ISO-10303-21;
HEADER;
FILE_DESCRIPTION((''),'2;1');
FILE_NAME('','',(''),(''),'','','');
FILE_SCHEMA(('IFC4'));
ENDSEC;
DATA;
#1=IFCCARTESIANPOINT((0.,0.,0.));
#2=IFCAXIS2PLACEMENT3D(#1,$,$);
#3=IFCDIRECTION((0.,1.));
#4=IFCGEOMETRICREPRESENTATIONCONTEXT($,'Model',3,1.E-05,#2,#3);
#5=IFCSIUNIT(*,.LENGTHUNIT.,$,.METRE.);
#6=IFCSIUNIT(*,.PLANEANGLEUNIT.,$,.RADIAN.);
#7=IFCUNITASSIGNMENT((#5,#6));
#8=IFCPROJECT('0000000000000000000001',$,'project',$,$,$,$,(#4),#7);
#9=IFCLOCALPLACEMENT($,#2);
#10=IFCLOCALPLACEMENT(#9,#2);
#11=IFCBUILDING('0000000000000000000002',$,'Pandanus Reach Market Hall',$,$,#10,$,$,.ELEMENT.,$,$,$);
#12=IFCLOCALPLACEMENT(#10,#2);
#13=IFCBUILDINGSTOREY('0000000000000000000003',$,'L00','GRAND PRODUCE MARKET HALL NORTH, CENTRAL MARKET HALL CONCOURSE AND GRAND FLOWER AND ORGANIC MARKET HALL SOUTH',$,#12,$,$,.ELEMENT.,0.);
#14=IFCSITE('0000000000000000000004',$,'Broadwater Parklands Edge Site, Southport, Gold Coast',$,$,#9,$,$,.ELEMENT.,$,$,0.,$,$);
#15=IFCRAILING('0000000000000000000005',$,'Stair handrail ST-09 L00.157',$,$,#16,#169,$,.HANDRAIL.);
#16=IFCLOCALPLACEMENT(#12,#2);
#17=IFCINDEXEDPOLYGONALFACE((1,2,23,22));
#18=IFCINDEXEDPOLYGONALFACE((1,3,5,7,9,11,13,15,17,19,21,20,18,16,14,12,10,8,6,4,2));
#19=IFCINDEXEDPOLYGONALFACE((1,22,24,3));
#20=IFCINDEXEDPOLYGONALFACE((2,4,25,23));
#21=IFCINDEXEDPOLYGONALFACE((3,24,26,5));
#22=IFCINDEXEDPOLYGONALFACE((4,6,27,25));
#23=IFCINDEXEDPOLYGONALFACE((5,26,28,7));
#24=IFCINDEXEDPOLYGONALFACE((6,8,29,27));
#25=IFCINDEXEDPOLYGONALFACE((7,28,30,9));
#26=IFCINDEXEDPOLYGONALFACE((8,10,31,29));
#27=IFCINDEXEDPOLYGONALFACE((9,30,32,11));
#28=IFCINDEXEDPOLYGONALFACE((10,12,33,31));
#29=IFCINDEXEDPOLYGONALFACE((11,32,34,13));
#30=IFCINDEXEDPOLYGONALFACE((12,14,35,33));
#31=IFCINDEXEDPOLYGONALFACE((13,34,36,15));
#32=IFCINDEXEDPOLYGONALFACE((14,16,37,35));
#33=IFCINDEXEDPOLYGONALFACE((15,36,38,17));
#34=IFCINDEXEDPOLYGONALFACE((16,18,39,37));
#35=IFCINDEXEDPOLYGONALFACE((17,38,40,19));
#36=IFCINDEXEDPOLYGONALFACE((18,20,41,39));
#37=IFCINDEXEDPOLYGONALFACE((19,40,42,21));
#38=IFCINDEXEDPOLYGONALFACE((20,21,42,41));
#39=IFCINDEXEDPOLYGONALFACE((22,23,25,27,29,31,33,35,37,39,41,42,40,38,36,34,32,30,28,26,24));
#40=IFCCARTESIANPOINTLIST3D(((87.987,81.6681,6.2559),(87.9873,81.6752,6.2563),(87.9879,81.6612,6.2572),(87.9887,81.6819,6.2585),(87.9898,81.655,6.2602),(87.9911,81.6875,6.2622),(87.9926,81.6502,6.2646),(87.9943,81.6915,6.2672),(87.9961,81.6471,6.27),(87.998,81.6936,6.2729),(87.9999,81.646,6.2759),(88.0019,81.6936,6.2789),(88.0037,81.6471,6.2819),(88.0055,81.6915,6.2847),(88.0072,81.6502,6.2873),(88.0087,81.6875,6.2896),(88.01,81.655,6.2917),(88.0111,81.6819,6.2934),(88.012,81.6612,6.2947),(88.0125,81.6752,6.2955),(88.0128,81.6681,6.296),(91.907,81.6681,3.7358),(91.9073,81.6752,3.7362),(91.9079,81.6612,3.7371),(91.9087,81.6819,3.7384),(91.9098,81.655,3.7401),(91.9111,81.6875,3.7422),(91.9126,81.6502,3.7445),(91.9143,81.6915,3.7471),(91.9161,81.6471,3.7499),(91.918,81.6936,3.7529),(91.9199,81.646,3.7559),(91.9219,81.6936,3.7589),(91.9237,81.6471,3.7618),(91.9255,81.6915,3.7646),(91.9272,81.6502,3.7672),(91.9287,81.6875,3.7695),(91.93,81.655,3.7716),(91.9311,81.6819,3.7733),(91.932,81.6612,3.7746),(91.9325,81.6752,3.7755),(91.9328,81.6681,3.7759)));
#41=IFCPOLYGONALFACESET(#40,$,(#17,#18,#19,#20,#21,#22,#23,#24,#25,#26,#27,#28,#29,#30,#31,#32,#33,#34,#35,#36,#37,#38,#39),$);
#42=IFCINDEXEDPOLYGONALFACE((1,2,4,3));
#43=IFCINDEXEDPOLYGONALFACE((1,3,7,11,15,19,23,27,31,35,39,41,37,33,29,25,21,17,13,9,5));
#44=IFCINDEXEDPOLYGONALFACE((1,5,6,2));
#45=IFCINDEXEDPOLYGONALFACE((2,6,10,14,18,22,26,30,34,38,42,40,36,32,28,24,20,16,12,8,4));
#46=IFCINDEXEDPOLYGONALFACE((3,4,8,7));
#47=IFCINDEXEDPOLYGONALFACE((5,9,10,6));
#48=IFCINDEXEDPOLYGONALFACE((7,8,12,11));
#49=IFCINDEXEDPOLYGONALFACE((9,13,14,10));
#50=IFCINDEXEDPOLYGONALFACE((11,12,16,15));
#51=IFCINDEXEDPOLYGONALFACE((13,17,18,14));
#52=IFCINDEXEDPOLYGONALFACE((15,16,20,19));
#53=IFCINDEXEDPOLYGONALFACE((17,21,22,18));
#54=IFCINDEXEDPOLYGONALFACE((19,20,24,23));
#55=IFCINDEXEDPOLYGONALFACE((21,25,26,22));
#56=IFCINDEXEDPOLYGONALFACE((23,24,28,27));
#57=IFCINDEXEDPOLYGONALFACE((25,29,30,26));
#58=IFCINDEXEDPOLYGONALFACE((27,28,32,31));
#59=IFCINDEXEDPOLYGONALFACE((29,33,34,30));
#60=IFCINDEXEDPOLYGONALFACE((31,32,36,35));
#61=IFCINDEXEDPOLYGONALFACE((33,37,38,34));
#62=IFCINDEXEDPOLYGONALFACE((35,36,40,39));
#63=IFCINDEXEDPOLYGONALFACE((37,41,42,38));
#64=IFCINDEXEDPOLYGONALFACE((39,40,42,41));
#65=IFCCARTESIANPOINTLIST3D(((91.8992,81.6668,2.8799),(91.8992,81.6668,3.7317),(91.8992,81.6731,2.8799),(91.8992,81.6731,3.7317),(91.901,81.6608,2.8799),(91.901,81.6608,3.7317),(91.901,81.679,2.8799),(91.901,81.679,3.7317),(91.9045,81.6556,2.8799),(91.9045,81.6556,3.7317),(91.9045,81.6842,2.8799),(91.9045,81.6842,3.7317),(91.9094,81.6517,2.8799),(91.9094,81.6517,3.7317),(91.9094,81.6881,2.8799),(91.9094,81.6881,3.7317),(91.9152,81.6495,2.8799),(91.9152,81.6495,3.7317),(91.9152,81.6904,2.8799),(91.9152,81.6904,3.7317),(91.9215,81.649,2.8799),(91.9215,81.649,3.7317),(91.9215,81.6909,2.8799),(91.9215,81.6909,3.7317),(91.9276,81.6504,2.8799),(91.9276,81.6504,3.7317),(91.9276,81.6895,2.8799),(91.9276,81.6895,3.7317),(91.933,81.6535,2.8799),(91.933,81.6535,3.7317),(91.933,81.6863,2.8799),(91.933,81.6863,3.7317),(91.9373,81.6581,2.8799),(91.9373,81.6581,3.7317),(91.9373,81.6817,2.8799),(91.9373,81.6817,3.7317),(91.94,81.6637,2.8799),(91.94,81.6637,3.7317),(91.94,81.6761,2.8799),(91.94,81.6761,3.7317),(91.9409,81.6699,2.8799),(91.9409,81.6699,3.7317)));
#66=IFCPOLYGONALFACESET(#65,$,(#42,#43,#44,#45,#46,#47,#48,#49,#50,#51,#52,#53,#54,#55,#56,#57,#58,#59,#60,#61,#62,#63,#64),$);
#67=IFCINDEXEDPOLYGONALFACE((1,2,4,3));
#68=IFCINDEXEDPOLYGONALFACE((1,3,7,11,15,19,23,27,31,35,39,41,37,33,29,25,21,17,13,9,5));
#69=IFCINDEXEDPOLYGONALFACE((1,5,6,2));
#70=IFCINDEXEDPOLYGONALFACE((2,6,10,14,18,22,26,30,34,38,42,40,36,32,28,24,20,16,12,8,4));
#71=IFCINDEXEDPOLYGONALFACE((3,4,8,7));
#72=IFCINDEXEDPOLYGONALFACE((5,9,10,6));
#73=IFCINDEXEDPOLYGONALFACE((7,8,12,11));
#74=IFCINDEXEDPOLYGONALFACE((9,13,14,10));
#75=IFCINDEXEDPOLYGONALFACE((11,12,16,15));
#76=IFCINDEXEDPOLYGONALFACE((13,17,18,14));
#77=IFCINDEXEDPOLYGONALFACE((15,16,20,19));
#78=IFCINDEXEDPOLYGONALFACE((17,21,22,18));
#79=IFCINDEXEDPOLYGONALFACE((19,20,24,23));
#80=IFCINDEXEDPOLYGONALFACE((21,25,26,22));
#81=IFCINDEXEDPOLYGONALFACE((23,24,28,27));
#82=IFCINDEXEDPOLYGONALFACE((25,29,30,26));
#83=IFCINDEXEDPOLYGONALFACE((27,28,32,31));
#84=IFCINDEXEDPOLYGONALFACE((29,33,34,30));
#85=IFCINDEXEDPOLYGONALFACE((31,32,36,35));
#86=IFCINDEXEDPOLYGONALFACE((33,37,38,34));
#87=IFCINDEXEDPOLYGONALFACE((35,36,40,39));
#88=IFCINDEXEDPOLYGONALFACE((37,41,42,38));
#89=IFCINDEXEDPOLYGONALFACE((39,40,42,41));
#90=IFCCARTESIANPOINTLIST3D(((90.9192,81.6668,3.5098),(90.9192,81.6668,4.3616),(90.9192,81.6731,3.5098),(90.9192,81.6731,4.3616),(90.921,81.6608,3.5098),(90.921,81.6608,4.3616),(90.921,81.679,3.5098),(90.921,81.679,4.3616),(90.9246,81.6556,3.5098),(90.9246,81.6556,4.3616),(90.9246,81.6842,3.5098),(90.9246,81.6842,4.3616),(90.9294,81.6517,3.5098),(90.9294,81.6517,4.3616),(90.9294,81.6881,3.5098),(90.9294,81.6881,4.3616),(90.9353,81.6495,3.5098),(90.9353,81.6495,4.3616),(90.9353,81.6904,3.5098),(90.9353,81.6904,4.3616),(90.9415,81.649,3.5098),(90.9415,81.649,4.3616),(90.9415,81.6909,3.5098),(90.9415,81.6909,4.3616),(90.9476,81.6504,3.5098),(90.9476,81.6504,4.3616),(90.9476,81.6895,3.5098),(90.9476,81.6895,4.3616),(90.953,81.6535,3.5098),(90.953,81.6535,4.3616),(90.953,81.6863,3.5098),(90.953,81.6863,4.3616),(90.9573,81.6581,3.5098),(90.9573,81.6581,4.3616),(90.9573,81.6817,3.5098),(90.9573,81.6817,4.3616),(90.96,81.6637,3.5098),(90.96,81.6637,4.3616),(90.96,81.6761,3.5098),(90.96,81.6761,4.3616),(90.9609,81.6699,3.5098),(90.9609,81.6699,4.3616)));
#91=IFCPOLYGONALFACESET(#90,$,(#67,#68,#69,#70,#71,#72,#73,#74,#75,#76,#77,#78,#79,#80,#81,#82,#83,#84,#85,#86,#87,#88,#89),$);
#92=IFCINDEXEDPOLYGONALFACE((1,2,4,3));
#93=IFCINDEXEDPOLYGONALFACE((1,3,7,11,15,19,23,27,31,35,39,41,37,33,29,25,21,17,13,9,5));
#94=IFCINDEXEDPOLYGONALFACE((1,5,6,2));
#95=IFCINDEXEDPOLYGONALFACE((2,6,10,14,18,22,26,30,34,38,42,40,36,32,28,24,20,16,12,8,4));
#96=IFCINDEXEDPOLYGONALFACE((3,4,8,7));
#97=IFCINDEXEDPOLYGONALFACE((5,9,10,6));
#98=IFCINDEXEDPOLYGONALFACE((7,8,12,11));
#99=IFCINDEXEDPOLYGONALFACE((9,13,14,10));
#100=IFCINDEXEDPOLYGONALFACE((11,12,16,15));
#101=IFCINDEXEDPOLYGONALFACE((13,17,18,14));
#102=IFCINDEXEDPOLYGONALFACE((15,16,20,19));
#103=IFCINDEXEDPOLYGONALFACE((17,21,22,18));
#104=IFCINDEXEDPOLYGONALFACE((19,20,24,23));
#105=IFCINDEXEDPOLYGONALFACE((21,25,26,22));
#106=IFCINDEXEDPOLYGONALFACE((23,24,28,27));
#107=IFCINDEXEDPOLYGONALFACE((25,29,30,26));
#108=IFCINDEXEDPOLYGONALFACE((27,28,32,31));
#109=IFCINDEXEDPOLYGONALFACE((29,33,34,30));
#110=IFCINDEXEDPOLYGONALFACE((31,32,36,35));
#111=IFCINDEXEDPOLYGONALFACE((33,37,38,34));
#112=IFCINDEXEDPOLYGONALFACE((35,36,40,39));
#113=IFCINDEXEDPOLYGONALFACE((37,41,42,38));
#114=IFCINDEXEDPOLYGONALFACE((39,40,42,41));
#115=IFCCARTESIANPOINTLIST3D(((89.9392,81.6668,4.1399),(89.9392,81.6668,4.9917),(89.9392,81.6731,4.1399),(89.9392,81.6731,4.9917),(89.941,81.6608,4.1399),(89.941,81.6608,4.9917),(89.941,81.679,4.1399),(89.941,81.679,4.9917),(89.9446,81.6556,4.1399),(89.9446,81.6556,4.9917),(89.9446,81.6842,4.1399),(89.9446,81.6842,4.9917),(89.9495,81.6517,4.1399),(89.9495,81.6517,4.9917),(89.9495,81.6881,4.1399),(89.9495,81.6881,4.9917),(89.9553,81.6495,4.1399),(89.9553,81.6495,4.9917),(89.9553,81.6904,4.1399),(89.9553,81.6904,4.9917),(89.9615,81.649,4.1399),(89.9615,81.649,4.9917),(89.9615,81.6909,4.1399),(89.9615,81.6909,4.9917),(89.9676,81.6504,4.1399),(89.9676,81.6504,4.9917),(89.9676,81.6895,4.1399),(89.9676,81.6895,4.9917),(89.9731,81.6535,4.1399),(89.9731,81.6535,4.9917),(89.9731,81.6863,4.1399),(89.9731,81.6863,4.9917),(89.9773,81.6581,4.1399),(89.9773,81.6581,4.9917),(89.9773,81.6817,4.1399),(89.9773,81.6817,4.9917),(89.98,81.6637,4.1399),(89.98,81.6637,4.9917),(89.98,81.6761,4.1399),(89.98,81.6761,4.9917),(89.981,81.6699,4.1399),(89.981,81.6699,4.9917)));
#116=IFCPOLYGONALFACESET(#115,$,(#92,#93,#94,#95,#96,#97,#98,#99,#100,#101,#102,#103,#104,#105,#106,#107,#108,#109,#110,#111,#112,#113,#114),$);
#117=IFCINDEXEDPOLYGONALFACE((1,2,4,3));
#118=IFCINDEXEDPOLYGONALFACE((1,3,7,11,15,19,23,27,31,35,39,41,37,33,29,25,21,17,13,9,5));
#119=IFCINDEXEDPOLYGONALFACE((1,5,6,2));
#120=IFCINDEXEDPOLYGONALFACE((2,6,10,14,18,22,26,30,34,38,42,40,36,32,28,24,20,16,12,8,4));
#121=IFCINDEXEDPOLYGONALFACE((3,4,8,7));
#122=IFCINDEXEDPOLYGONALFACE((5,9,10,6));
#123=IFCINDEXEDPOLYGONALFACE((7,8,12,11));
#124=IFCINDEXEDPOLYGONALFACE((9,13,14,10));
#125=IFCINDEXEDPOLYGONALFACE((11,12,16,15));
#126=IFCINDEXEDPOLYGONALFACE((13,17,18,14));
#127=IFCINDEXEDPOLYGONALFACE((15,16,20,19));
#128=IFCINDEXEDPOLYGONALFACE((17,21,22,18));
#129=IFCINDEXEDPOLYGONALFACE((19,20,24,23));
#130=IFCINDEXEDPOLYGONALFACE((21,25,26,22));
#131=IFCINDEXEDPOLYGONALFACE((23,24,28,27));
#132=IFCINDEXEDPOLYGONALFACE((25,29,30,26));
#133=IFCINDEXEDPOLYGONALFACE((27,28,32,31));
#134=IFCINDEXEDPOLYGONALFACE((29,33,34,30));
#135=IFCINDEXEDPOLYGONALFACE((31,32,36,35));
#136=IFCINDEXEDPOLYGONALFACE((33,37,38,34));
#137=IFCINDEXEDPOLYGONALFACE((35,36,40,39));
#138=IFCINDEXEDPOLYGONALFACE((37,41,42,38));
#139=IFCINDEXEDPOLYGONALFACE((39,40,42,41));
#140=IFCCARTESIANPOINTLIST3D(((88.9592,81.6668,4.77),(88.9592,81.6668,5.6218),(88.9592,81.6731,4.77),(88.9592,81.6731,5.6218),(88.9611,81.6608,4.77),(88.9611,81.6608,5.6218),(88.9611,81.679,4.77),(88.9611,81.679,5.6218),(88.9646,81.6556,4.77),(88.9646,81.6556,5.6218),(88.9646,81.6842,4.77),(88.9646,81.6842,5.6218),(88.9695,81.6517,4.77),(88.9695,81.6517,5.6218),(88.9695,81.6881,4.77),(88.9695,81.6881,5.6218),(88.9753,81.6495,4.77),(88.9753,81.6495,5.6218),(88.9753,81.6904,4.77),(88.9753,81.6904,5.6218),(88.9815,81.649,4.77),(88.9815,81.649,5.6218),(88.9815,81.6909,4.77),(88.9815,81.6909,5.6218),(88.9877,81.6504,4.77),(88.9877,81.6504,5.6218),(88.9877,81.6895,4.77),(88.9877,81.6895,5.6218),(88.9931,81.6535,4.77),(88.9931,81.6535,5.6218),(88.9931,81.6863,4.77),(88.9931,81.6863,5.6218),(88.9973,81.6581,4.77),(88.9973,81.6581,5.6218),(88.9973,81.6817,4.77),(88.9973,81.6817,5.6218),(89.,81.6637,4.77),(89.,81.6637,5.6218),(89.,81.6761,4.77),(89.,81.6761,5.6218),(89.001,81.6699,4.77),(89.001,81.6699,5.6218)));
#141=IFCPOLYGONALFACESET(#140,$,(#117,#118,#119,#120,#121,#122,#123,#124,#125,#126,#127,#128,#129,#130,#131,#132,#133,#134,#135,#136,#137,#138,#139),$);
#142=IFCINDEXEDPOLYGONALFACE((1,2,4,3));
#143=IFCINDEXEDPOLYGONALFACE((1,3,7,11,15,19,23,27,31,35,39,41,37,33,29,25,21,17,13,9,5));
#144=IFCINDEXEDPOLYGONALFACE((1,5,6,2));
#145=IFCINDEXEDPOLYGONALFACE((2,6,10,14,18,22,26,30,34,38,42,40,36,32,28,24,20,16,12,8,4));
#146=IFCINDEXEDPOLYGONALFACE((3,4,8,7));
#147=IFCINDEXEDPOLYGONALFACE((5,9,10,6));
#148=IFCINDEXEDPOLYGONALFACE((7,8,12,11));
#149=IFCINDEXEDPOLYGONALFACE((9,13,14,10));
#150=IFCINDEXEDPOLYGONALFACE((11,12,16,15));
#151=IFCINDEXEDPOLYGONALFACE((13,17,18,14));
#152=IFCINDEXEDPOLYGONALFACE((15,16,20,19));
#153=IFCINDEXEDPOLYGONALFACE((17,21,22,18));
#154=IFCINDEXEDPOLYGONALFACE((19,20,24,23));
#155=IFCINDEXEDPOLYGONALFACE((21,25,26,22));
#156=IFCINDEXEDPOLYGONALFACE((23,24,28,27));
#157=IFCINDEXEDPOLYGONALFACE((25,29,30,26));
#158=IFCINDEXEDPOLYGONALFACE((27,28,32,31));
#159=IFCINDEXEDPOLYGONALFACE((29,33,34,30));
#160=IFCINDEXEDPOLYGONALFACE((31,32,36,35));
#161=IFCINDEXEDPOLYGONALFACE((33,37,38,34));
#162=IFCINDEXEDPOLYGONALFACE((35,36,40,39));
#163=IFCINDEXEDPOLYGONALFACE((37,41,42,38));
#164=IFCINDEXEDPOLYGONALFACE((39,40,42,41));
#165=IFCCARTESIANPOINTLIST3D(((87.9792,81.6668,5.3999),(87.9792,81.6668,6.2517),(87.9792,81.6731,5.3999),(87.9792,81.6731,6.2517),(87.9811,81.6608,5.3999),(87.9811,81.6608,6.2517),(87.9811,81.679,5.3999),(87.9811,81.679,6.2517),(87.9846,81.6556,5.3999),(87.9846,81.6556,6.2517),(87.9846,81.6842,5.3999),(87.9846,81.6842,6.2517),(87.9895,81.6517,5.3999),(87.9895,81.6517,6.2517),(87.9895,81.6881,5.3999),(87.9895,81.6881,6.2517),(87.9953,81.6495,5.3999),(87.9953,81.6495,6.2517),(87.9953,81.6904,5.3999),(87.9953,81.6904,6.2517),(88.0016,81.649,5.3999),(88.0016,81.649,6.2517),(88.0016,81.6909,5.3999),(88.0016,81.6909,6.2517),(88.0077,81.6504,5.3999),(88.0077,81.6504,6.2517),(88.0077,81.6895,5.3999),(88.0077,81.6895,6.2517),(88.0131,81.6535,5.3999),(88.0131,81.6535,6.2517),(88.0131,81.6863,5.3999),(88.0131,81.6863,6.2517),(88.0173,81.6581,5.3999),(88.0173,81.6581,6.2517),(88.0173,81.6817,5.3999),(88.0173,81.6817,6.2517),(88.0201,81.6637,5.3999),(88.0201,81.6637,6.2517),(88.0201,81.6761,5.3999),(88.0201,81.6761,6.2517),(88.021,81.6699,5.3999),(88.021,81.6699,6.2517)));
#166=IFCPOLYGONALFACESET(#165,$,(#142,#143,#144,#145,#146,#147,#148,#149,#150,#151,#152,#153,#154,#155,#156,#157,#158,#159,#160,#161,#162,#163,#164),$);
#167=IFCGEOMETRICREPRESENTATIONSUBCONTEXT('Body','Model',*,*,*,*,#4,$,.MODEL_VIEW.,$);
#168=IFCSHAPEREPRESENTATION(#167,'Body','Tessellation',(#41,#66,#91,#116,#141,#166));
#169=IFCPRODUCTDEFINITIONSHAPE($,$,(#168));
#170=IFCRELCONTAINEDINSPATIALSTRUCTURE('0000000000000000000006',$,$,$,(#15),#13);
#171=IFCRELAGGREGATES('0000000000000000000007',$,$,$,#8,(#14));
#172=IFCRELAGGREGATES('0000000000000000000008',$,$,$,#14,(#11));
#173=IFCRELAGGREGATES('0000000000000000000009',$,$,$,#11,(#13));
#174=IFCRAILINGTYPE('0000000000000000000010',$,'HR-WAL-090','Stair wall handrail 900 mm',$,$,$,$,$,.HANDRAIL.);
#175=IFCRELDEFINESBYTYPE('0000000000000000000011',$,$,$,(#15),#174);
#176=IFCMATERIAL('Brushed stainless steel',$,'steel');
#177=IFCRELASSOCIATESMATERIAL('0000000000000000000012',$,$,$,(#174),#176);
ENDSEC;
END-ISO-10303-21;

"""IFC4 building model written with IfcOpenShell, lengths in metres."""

from ifc_helpers import new_model, si_unit, direction, frame, origin, origin_2d, place, context, subcontext, project, spatial, circle, extrude, material, type_object, element, save


model = new_model("IFC4")

# Units and contexts
model_context = context("Model", 3, precision=1e-05, world=origin(), true_north=direction((0.0, 1.0)))
body_context = subcontext(model_context, "Body", "Model", "MODEL_VIEW")
ifc_project = project(units=[si_unit("LENGTHUNIT", "METRE"), si_unit("PLANEANGLEUNIT", "RADIAN")], contexts=[model_context])

# Site, building, storey
site_placement = place(None, origin())
site = spatial("IfcSite", under=ifc_project, at=site_placement, Name="Broadwater Parklands Edge Site, Southport, Gold Coast", CompositionType="ELEMENT", RefElevation=0.0)
building_placement = place(site_placement, origin())
building = spatial("IfcBuilding", under=site, at=building_placement, Name="Pandanus Reach Market Hall", CompositionType="ELEMENT")
storey_placement = place(building_placement, origin())
storey = spatial("IfcBuildingStorey", under=building, at=storey_placement, Name="L00", Description="GRAND PRODUCE MARKET HALL NORTH, CENTRAL MARKET HALL CONCOURSE AND GRAND FLOWER AND ORGANIC MARKET HALL SOUTH", CompositionType="ELEMENT", Elevation=0.0)

# Railing
ifc_material_1 = material(Name="Brushed stainless steel", Category="steel")
railing_type_1 = type_object("IfcRailingType", Name="HR-WAL-090", Description="Stair wall handrail 900 mm", PredefinedType="HANDRAIL", material=ifc_material_1)
railing_1_placement = place(storey_placement, frame((91.9199, 81.6699, 2.8799)))
element("IfcRailing", 1, at=railing_1_placement, inside=storey, type_object=railing_type_1, Name="Stair handrail ST-09 L00.157", PredefinedType="HANDRAIL", context=body_context, shape_type="SweptSolid", body=[
    extrude(circle(Radius=0.0239, at=origin_2d()), frame((0.0, 0.0, 0.876), z_axis=(-0.841172, 0.0, 0.540768), x_axis=(0.0, -1.0, 0.0)), (0.0, 0.0, 1.0), 4.6602),
    extrude(circle(Radius=0.021, at=origin_2d()), origin(), (0.0, 0.0, 1.0), 0.8518),
    extrude(circle(Radius=0.021, at=origin_2d()), frame((-0.98, 0.0, 0.6299)), (0.0, 0.0, 1.0), 0.8518),
    extrude(circle(Radius=0.021, at=origin_2d()), frame((-1.96, 0.0, 1.26)), (0.0, 0.0, 1.0), 0.8518),
    extrude(circle(Radius=0.021, at=origin_2d()), frame((-2.9399, 0.0, 1.8901)), (0.0, 0.0, 1.0), 0.8518),
    extrude(circle(Radius=0.021, at=origin_2d()), frame((-3.9199, 0.0, 2.52)), (0.0, 0.0, 1.0), 0.8518),
])

save(model, "model.ifc")
